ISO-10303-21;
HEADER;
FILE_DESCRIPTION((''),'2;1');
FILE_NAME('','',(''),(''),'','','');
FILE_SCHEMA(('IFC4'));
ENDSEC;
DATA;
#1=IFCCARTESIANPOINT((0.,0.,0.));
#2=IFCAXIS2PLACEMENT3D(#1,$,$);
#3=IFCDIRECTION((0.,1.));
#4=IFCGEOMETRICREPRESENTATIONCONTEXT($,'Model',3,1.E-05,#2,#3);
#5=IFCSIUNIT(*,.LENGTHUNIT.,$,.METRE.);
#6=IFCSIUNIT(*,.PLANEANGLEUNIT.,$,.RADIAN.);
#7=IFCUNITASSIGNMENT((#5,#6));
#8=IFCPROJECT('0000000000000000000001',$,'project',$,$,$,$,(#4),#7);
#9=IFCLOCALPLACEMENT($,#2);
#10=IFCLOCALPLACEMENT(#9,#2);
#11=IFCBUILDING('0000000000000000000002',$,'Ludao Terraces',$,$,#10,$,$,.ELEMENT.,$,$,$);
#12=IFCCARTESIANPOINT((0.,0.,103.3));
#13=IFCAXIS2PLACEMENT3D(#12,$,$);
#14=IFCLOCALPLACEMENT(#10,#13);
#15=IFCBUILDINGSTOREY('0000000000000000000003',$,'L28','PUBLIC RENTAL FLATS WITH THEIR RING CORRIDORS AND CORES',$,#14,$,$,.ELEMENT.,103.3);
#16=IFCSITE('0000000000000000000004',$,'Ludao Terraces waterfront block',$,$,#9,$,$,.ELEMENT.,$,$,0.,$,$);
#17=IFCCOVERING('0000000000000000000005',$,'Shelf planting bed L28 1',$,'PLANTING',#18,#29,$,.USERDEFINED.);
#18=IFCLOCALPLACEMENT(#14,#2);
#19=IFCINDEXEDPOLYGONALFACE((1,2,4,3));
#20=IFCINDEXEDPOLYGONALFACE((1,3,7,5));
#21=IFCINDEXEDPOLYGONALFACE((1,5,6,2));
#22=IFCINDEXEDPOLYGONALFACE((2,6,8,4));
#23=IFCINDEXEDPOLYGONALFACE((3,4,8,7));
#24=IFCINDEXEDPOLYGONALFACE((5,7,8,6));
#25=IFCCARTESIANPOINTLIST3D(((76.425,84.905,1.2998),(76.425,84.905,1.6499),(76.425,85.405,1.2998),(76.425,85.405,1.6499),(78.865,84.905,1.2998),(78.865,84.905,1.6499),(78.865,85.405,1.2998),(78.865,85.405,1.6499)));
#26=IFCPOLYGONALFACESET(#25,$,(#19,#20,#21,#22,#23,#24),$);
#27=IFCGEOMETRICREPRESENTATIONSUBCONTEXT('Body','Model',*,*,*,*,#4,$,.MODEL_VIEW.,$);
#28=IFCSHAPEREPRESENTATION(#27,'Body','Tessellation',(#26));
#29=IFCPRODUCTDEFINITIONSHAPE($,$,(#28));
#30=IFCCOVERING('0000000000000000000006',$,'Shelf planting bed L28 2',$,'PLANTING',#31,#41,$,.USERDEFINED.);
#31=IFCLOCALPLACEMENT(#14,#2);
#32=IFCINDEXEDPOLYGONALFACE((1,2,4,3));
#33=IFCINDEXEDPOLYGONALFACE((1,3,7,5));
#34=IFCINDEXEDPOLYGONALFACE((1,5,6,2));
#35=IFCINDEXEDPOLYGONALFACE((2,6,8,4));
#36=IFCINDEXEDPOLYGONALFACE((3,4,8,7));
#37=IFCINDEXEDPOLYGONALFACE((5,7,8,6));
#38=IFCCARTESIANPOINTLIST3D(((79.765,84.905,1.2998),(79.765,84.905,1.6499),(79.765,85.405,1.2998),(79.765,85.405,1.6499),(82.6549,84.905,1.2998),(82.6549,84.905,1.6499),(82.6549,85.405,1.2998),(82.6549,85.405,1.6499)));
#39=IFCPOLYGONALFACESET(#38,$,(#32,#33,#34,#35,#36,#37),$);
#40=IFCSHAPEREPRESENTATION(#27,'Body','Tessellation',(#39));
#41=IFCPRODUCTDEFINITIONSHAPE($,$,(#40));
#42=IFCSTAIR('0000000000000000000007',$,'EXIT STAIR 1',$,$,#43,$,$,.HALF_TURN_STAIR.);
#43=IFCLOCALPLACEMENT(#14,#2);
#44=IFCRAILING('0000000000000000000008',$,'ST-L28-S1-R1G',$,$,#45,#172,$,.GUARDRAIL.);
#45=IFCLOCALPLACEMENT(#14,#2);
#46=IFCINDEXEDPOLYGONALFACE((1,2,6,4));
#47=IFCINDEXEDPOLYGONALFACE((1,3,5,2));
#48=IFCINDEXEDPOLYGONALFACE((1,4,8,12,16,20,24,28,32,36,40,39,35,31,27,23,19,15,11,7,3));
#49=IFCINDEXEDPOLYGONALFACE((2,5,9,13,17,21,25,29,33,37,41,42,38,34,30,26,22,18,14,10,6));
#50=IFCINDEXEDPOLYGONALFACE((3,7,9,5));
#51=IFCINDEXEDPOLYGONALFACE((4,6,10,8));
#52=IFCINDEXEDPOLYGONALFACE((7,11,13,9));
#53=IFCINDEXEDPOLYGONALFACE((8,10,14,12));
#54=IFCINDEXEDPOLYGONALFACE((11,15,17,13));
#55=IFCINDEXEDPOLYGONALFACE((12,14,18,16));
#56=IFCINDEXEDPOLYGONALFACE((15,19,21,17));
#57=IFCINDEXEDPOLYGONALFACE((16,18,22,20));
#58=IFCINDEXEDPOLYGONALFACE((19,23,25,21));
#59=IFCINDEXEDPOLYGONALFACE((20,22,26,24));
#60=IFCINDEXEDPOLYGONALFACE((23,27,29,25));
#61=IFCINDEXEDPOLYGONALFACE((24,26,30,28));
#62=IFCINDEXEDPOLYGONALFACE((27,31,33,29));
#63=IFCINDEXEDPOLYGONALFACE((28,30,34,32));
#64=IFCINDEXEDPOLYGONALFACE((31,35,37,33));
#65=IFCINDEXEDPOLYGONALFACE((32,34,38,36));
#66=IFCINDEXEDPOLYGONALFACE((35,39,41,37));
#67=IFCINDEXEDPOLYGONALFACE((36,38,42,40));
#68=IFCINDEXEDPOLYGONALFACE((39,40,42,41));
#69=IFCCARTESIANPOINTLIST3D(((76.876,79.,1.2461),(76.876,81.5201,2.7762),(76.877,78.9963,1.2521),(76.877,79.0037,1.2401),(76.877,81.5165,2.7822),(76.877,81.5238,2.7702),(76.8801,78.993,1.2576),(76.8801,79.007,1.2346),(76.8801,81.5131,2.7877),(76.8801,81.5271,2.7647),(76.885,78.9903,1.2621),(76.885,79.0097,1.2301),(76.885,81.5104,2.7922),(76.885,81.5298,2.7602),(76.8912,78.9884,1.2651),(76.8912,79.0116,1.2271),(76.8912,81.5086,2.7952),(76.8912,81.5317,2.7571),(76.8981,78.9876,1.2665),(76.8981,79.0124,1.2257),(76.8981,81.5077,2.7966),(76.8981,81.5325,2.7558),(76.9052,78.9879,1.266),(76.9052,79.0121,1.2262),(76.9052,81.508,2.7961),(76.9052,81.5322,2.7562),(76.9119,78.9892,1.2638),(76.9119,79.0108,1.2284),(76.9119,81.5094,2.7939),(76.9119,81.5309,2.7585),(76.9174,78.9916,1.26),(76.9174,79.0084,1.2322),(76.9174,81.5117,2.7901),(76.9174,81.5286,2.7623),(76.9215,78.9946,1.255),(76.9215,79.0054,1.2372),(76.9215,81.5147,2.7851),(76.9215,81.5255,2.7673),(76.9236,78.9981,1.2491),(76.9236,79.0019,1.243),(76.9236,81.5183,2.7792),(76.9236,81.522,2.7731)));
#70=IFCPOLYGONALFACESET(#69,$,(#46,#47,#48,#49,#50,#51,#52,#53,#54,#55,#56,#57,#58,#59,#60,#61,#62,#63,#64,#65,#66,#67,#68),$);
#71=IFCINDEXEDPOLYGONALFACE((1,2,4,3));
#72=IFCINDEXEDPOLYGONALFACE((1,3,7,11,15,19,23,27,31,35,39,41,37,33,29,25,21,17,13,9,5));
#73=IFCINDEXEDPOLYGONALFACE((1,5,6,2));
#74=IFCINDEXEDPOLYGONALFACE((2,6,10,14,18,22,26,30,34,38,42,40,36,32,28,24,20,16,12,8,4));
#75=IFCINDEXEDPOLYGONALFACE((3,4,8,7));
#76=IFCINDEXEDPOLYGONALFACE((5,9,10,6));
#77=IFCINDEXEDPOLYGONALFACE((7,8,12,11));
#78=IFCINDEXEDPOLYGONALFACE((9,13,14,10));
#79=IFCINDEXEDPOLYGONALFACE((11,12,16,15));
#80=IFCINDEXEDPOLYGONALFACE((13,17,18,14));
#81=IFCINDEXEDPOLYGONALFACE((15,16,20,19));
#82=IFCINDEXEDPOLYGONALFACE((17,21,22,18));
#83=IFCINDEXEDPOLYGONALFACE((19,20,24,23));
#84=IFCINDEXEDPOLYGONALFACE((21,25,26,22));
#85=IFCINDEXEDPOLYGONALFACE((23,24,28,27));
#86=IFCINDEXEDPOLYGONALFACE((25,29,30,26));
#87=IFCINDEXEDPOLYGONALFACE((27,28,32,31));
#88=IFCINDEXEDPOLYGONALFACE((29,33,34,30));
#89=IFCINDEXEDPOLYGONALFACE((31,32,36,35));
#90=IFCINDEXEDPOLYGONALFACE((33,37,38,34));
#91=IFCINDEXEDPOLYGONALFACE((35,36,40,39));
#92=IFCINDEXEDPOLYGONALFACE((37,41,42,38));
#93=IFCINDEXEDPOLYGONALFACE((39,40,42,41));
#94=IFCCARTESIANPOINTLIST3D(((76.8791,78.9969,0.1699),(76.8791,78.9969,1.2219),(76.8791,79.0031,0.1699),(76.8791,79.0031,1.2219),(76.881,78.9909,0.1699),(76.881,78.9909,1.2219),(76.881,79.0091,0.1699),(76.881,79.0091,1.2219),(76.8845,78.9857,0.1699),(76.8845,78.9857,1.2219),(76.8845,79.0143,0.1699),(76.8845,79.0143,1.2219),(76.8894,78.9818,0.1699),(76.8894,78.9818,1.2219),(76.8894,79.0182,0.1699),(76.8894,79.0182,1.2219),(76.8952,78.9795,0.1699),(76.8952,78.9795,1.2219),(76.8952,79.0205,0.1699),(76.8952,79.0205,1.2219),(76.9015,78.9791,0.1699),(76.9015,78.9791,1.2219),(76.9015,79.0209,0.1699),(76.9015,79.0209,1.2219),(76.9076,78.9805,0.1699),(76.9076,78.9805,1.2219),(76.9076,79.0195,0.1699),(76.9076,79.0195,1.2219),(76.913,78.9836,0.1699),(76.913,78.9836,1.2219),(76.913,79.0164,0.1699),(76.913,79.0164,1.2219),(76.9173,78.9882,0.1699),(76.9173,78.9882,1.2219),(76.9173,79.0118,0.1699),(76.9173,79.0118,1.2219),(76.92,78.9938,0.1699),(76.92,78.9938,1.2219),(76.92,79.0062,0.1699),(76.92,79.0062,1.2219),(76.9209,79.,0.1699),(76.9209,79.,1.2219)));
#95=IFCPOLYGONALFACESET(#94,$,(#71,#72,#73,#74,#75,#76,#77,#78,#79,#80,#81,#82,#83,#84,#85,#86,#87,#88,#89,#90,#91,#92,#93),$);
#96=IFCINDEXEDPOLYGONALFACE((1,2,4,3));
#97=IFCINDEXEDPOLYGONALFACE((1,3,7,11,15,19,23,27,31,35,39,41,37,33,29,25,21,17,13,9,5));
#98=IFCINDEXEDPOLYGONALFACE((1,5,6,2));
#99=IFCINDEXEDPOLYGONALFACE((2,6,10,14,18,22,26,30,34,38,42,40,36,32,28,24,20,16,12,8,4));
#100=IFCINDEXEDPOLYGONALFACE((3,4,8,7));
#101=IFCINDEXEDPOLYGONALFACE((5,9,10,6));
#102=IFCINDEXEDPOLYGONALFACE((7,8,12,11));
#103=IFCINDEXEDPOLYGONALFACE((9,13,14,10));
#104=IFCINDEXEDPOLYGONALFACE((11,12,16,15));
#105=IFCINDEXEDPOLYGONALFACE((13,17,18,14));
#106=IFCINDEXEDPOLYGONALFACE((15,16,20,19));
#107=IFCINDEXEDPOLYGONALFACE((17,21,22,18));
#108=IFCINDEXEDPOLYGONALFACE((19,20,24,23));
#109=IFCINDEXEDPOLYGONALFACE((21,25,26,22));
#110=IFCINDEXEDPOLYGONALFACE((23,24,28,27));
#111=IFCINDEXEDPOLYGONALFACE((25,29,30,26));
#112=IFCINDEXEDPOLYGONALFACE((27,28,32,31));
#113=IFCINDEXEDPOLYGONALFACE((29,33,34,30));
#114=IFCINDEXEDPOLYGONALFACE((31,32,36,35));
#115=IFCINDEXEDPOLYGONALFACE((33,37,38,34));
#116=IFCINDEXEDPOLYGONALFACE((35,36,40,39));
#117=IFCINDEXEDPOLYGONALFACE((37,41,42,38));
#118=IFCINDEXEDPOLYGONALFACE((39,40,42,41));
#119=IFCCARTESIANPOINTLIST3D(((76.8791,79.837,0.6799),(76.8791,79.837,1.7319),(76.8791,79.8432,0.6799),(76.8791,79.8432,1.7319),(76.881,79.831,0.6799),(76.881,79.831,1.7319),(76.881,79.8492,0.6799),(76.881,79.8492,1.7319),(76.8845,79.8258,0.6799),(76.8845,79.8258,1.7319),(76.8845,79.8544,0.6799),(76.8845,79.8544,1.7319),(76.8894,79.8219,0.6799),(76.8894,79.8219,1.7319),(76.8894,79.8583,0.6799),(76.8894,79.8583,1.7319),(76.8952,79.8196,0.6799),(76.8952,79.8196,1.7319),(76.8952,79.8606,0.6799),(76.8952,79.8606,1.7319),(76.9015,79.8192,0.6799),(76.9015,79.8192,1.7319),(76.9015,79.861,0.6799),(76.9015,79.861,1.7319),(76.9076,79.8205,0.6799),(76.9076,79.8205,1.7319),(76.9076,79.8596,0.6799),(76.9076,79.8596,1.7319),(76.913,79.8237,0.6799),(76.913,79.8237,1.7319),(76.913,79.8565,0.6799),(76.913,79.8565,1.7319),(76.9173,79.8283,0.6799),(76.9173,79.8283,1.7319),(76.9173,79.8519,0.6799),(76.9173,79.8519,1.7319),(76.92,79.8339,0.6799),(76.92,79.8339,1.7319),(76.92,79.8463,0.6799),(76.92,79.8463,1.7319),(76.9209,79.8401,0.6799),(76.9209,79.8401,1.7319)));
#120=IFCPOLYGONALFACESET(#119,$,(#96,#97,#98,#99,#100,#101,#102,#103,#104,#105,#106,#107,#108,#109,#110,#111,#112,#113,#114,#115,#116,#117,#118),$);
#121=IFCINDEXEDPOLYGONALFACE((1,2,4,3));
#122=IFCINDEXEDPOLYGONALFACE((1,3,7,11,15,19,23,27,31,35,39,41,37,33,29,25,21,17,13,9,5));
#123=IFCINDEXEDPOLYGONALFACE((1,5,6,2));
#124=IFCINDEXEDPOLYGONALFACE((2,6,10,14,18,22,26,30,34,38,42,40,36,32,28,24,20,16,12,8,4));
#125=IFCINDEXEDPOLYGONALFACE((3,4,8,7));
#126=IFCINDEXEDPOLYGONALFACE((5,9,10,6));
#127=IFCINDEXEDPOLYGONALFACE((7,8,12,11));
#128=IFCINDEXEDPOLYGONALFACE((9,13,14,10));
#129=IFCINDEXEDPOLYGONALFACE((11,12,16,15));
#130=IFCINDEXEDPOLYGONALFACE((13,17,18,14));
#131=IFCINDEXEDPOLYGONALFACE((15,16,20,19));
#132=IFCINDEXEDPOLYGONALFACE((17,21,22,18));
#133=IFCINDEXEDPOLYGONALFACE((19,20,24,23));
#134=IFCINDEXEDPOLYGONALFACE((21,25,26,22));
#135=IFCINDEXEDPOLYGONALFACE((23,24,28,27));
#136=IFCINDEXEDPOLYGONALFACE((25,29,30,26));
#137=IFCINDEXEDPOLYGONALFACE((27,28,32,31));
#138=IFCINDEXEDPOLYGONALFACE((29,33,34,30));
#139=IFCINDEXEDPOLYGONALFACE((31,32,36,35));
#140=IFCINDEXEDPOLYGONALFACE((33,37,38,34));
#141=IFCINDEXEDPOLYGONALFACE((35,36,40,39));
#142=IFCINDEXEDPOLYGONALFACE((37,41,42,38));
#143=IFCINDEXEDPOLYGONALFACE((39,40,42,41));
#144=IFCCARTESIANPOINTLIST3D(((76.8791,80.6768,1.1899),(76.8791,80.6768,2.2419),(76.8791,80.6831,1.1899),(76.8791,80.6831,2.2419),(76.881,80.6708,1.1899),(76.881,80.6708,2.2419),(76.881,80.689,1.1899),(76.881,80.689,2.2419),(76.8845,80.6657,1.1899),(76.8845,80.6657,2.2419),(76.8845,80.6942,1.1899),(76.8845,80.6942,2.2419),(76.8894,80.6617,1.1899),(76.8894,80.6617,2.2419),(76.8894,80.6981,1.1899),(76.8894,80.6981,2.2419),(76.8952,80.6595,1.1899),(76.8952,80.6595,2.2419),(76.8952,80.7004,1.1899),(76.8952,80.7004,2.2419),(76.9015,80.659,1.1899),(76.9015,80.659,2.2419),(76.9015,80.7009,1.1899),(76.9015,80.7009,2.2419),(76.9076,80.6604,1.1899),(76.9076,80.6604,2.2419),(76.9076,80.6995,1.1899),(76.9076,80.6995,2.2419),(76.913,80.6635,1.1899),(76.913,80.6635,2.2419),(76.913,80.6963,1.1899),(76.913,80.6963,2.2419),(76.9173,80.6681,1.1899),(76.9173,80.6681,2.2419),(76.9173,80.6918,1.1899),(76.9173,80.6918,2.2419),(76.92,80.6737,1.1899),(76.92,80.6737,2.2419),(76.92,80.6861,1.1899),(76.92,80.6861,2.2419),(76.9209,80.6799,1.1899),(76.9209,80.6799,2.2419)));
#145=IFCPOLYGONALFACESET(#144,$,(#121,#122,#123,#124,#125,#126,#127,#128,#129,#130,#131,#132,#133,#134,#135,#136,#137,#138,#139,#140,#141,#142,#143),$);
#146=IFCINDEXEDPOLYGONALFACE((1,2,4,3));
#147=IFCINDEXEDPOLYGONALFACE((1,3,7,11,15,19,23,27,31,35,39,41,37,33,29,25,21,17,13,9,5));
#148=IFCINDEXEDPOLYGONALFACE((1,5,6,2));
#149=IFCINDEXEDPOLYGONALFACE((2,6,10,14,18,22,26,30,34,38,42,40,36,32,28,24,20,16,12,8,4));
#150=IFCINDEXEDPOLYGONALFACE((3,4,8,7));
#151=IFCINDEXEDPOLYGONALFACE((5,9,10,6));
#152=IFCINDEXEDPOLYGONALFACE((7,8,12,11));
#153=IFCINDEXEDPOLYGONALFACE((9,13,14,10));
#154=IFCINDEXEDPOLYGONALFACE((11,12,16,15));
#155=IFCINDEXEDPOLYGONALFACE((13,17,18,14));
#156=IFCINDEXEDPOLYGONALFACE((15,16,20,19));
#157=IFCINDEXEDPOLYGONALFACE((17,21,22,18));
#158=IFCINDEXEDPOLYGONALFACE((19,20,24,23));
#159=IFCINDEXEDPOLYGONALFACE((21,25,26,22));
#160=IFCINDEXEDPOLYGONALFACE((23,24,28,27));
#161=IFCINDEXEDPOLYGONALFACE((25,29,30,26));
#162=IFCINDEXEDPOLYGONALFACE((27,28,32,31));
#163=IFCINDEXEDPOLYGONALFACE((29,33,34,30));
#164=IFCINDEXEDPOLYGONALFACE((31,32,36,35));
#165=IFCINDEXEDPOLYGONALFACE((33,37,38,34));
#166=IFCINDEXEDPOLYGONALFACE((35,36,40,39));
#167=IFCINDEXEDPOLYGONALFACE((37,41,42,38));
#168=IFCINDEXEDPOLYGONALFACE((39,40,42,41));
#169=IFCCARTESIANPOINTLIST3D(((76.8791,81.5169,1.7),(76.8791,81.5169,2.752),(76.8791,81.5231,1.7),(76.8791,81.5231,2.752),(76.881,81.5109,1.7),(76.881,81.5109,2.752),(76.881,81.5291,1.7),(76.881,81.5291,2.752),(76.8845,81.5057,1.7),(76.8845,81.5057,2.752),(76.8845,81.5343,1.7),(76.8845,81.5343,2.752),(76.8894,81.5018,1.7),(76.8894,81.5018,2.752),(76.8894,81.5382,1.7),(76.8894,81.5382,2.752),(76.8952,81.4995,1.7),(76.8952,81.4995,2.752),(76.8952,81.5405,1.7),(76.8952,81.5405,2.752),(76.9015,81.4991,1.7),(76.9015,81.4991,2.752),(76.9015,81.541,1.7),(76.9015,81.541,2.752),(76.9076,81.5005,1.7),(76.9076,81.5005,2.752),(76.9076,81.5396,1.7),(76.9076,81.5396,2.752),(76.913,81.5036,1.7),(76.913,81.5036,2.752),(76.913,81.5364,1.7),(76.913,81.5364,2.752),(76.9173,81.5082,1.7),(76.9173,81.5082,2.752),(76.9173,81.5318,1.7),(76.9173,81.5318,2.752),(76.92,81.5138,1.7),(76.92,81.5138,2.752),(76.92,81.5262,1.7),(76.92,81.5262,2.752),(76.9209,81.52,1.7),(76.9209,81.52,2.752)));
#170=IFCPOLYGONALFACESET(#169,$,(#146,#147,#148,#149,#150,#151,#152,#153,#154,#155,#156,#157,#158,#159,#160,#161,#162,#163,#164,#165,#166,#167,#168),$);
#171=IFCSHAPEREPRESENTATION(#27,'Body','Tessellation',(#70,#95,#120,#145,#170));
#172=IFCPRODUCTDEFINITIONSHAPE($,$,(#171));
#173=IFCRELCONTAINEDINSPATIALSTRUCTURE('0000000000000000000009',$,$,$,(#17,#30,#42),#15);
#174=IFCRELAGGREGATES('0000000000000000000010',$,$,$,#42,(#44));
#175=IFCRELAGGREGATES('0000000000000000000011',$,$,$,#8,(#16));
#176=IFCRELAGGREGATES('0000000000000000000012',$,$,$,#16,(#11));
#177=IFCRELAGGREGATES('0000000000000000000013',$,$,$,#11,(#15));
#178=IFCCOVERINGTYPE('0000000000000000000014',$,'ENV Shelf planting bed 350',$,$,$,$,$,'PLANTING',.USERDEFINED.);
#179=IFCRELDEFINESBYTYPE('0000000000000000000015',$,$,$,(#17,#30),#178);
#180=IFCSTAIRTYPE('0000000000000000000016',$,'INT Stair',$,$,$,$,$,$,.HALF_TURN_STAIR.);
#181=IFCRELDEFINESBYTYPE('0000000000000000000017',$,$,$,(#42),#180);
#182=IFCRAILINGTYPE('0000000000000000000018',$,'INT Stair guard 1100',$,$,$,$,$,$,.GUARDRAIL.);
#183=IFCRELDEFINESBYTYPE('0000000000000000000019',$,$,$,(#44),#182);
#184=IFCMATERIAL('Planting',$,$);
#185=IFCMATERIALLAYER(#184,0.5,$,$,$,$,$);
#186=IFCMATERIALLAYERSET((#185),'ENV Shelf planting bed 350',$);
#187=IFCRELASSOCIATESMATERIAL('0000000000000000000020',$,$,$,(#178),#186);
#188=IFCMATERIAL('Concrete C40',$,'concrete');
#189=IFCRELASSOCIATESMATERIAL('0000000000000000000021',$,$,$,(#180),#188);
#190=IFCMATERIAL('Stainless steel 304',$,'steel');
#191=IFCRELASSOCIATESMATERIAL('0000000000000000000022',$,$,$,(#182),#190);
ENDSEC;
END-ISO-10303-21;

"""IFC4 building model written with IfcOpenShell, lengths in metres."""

from ifc_helpers import new_model, si_unit, direction, frame, origin, origin_2d, place, context, subcontext, project, spatial, rectangle, circle, extrude, material, layer, layer_set, type_object, element, aggregate, save


model = new_model("IFC4")

# Units and contexts
model_context = context("Model", 3, precision=1e-05, world=origin(), true_north=direction((0.0, 1.0)))
body_context = subcontext(model_context, "Body", "Model", "MODEL_VIEW")
ifc_project = project(units=[si_unit("LENGTHUNIT", "METRE"), si_unit("PLANEANGLEUNIT", "RADIAN")], contexts=[model_context])

# Site, building, storey
site_placement = place(None, origin())
site = spatial("IfcSite", under=ifc_project, at=site_placement, Name="Ludao Terraces waterfront block", CompositionType="ELEMENT", RefElevation=0.0)
building_placement = place(site_placement, origin())
building = spatial("IfcBuilding", under=site, at=building_placement, Name="Ludao Terraces", CompositionType="ELEMENT")
storey_placement = place(building_placement, frame((0.0, 0.0, 103.3)))
storey = spatial("IfcBuildingStorey", under=building, at=storey_placement, Name="L28", Description="PUBLIC RENTAL FLATS WITH THEIR RING CORRIDORS AND CORES", CompositionType="ELEMENT", Elevation=103.3)

# Coverings
ifc_material_1 = material(Name="Planting")
ifc_layer_1 = layer(ifc_material_1, 0.5)
ifc_layer_set_1 = layer_set([ifc_layer_1], Name="ENV Shelf planting bed 350")
covering_type_1 = type_object("IfcCoveringType", Name="ENV Shelf planting bed 350", ElementType="PLANTING", PredefinedType="USERDEFINED", material=ifc_layer_set_1)
covering_1_placement = place(storey_placement, frame((77.645, 85.155, 1.2998), z_axis=(0.0, 0.0, 1.0), x_axis=(1.0, 0.0, 0.0)))
element("IfcCovering", 1, at=covering_1_placement, inside=storey, type_object=covering_type_1, Name="Shelf planting bed L28 1", ObjectType="PLANTING", PredefinedType="USERDEFINED", context=body_context, shape_type="SweptSolid", body=[
    extrude(rectangle(XDim=2.4399, YDim=0.5, at=origin_2d()), origin(), (0.0, 0.0, 1.0), 0.3501),
])
covering_2_placement = place(storey_placement, frame((81.21, 85.155, 1.2998), z_axis=(0.0, 0.0, 1.0), x_axis=(1.0, 0.0, 0.0)))
element("IfcCovering", 2, at=covering_2_placement, inside=storey, type_object=covering_type_1, Name="Shelf planting bed L28 2", ObjectType="PLANTING", PredefinedType="USERDEFINED", context=body_context, shape_type="SweptSolid", body=[
    extrude(rectangle(XDim=2.8899, YDim=0.5, at=origin_2d()), origin(), (0.0, 0.0, 1.0), 0.3501),
])

# Stair, railing
ifc_material_2 = material(Name="Concrete C40", Category="concrete")
stair_type = type_object("IfcStairType", Name="INT Stair", PredefinedType="HALF_TURN_STAIR", material=ifc_material_2)
stair_placement = place(storey_placement, origin())
stair = element("IfcStair", 3, at=stair_placement, inside=storey, type_object=stair_type, Name="EXIT STAIR 1", PredefinedType="HALF_TURN_STAIR")
ifc_material_3 = material(Name="Stainless steel 304", Category="steel")
railing_type_1 = type_object("IfcRailingType", Name="INT Stair guard 1100", PredefinedType="GUARDRAIL", material=ifc_material_3)
railing_1_placement = place(storey_placement, frame((76.8999, 79.0, 0.1699)))
railing_1 = element("IfcRailing", 4, at=railing_1_placement, type_object=railing_type_1, Name="ST-L28-S1-R1G", PredefinedType="GUARDRAIL", context=body_context, shape_type="SweptSolid", body=[
    extrude(circle(Radius=0.0239, at=origin_2d()), frame((0.0, 0.0, 1.0762), z_axis=(0.0, 0.854785, 0.518982), x_axis=(-1.0, 0.0, 0.0)), (0.0, 0.0, 1.0), 2.9482),
    extrude(circle(Radius=0.021, at=origin_2d()), origin(), (0.0, 0.0, 1.0), 1.052),
    extrude(circle(Radius=0.021, at=origin_2d()), frame((0.0, 0.8401, 0.51)), (0.0, 0.0, 1.0), 1.052),
    extrude(circle(Radius=0.021, at=origin_2d()), frame((0.0, 1.6799, 1.02)), (0.0, 0.0, 1.0), 1.052),
    extrude(circle(Radius=0.021, at=origin_2d()), frame((0.0, 2.52, 1.53)), (0.0, 0.0, 1.0), 1.052),
])
aggregate(stair, [railing_1])

save(model, "model.ifc")
